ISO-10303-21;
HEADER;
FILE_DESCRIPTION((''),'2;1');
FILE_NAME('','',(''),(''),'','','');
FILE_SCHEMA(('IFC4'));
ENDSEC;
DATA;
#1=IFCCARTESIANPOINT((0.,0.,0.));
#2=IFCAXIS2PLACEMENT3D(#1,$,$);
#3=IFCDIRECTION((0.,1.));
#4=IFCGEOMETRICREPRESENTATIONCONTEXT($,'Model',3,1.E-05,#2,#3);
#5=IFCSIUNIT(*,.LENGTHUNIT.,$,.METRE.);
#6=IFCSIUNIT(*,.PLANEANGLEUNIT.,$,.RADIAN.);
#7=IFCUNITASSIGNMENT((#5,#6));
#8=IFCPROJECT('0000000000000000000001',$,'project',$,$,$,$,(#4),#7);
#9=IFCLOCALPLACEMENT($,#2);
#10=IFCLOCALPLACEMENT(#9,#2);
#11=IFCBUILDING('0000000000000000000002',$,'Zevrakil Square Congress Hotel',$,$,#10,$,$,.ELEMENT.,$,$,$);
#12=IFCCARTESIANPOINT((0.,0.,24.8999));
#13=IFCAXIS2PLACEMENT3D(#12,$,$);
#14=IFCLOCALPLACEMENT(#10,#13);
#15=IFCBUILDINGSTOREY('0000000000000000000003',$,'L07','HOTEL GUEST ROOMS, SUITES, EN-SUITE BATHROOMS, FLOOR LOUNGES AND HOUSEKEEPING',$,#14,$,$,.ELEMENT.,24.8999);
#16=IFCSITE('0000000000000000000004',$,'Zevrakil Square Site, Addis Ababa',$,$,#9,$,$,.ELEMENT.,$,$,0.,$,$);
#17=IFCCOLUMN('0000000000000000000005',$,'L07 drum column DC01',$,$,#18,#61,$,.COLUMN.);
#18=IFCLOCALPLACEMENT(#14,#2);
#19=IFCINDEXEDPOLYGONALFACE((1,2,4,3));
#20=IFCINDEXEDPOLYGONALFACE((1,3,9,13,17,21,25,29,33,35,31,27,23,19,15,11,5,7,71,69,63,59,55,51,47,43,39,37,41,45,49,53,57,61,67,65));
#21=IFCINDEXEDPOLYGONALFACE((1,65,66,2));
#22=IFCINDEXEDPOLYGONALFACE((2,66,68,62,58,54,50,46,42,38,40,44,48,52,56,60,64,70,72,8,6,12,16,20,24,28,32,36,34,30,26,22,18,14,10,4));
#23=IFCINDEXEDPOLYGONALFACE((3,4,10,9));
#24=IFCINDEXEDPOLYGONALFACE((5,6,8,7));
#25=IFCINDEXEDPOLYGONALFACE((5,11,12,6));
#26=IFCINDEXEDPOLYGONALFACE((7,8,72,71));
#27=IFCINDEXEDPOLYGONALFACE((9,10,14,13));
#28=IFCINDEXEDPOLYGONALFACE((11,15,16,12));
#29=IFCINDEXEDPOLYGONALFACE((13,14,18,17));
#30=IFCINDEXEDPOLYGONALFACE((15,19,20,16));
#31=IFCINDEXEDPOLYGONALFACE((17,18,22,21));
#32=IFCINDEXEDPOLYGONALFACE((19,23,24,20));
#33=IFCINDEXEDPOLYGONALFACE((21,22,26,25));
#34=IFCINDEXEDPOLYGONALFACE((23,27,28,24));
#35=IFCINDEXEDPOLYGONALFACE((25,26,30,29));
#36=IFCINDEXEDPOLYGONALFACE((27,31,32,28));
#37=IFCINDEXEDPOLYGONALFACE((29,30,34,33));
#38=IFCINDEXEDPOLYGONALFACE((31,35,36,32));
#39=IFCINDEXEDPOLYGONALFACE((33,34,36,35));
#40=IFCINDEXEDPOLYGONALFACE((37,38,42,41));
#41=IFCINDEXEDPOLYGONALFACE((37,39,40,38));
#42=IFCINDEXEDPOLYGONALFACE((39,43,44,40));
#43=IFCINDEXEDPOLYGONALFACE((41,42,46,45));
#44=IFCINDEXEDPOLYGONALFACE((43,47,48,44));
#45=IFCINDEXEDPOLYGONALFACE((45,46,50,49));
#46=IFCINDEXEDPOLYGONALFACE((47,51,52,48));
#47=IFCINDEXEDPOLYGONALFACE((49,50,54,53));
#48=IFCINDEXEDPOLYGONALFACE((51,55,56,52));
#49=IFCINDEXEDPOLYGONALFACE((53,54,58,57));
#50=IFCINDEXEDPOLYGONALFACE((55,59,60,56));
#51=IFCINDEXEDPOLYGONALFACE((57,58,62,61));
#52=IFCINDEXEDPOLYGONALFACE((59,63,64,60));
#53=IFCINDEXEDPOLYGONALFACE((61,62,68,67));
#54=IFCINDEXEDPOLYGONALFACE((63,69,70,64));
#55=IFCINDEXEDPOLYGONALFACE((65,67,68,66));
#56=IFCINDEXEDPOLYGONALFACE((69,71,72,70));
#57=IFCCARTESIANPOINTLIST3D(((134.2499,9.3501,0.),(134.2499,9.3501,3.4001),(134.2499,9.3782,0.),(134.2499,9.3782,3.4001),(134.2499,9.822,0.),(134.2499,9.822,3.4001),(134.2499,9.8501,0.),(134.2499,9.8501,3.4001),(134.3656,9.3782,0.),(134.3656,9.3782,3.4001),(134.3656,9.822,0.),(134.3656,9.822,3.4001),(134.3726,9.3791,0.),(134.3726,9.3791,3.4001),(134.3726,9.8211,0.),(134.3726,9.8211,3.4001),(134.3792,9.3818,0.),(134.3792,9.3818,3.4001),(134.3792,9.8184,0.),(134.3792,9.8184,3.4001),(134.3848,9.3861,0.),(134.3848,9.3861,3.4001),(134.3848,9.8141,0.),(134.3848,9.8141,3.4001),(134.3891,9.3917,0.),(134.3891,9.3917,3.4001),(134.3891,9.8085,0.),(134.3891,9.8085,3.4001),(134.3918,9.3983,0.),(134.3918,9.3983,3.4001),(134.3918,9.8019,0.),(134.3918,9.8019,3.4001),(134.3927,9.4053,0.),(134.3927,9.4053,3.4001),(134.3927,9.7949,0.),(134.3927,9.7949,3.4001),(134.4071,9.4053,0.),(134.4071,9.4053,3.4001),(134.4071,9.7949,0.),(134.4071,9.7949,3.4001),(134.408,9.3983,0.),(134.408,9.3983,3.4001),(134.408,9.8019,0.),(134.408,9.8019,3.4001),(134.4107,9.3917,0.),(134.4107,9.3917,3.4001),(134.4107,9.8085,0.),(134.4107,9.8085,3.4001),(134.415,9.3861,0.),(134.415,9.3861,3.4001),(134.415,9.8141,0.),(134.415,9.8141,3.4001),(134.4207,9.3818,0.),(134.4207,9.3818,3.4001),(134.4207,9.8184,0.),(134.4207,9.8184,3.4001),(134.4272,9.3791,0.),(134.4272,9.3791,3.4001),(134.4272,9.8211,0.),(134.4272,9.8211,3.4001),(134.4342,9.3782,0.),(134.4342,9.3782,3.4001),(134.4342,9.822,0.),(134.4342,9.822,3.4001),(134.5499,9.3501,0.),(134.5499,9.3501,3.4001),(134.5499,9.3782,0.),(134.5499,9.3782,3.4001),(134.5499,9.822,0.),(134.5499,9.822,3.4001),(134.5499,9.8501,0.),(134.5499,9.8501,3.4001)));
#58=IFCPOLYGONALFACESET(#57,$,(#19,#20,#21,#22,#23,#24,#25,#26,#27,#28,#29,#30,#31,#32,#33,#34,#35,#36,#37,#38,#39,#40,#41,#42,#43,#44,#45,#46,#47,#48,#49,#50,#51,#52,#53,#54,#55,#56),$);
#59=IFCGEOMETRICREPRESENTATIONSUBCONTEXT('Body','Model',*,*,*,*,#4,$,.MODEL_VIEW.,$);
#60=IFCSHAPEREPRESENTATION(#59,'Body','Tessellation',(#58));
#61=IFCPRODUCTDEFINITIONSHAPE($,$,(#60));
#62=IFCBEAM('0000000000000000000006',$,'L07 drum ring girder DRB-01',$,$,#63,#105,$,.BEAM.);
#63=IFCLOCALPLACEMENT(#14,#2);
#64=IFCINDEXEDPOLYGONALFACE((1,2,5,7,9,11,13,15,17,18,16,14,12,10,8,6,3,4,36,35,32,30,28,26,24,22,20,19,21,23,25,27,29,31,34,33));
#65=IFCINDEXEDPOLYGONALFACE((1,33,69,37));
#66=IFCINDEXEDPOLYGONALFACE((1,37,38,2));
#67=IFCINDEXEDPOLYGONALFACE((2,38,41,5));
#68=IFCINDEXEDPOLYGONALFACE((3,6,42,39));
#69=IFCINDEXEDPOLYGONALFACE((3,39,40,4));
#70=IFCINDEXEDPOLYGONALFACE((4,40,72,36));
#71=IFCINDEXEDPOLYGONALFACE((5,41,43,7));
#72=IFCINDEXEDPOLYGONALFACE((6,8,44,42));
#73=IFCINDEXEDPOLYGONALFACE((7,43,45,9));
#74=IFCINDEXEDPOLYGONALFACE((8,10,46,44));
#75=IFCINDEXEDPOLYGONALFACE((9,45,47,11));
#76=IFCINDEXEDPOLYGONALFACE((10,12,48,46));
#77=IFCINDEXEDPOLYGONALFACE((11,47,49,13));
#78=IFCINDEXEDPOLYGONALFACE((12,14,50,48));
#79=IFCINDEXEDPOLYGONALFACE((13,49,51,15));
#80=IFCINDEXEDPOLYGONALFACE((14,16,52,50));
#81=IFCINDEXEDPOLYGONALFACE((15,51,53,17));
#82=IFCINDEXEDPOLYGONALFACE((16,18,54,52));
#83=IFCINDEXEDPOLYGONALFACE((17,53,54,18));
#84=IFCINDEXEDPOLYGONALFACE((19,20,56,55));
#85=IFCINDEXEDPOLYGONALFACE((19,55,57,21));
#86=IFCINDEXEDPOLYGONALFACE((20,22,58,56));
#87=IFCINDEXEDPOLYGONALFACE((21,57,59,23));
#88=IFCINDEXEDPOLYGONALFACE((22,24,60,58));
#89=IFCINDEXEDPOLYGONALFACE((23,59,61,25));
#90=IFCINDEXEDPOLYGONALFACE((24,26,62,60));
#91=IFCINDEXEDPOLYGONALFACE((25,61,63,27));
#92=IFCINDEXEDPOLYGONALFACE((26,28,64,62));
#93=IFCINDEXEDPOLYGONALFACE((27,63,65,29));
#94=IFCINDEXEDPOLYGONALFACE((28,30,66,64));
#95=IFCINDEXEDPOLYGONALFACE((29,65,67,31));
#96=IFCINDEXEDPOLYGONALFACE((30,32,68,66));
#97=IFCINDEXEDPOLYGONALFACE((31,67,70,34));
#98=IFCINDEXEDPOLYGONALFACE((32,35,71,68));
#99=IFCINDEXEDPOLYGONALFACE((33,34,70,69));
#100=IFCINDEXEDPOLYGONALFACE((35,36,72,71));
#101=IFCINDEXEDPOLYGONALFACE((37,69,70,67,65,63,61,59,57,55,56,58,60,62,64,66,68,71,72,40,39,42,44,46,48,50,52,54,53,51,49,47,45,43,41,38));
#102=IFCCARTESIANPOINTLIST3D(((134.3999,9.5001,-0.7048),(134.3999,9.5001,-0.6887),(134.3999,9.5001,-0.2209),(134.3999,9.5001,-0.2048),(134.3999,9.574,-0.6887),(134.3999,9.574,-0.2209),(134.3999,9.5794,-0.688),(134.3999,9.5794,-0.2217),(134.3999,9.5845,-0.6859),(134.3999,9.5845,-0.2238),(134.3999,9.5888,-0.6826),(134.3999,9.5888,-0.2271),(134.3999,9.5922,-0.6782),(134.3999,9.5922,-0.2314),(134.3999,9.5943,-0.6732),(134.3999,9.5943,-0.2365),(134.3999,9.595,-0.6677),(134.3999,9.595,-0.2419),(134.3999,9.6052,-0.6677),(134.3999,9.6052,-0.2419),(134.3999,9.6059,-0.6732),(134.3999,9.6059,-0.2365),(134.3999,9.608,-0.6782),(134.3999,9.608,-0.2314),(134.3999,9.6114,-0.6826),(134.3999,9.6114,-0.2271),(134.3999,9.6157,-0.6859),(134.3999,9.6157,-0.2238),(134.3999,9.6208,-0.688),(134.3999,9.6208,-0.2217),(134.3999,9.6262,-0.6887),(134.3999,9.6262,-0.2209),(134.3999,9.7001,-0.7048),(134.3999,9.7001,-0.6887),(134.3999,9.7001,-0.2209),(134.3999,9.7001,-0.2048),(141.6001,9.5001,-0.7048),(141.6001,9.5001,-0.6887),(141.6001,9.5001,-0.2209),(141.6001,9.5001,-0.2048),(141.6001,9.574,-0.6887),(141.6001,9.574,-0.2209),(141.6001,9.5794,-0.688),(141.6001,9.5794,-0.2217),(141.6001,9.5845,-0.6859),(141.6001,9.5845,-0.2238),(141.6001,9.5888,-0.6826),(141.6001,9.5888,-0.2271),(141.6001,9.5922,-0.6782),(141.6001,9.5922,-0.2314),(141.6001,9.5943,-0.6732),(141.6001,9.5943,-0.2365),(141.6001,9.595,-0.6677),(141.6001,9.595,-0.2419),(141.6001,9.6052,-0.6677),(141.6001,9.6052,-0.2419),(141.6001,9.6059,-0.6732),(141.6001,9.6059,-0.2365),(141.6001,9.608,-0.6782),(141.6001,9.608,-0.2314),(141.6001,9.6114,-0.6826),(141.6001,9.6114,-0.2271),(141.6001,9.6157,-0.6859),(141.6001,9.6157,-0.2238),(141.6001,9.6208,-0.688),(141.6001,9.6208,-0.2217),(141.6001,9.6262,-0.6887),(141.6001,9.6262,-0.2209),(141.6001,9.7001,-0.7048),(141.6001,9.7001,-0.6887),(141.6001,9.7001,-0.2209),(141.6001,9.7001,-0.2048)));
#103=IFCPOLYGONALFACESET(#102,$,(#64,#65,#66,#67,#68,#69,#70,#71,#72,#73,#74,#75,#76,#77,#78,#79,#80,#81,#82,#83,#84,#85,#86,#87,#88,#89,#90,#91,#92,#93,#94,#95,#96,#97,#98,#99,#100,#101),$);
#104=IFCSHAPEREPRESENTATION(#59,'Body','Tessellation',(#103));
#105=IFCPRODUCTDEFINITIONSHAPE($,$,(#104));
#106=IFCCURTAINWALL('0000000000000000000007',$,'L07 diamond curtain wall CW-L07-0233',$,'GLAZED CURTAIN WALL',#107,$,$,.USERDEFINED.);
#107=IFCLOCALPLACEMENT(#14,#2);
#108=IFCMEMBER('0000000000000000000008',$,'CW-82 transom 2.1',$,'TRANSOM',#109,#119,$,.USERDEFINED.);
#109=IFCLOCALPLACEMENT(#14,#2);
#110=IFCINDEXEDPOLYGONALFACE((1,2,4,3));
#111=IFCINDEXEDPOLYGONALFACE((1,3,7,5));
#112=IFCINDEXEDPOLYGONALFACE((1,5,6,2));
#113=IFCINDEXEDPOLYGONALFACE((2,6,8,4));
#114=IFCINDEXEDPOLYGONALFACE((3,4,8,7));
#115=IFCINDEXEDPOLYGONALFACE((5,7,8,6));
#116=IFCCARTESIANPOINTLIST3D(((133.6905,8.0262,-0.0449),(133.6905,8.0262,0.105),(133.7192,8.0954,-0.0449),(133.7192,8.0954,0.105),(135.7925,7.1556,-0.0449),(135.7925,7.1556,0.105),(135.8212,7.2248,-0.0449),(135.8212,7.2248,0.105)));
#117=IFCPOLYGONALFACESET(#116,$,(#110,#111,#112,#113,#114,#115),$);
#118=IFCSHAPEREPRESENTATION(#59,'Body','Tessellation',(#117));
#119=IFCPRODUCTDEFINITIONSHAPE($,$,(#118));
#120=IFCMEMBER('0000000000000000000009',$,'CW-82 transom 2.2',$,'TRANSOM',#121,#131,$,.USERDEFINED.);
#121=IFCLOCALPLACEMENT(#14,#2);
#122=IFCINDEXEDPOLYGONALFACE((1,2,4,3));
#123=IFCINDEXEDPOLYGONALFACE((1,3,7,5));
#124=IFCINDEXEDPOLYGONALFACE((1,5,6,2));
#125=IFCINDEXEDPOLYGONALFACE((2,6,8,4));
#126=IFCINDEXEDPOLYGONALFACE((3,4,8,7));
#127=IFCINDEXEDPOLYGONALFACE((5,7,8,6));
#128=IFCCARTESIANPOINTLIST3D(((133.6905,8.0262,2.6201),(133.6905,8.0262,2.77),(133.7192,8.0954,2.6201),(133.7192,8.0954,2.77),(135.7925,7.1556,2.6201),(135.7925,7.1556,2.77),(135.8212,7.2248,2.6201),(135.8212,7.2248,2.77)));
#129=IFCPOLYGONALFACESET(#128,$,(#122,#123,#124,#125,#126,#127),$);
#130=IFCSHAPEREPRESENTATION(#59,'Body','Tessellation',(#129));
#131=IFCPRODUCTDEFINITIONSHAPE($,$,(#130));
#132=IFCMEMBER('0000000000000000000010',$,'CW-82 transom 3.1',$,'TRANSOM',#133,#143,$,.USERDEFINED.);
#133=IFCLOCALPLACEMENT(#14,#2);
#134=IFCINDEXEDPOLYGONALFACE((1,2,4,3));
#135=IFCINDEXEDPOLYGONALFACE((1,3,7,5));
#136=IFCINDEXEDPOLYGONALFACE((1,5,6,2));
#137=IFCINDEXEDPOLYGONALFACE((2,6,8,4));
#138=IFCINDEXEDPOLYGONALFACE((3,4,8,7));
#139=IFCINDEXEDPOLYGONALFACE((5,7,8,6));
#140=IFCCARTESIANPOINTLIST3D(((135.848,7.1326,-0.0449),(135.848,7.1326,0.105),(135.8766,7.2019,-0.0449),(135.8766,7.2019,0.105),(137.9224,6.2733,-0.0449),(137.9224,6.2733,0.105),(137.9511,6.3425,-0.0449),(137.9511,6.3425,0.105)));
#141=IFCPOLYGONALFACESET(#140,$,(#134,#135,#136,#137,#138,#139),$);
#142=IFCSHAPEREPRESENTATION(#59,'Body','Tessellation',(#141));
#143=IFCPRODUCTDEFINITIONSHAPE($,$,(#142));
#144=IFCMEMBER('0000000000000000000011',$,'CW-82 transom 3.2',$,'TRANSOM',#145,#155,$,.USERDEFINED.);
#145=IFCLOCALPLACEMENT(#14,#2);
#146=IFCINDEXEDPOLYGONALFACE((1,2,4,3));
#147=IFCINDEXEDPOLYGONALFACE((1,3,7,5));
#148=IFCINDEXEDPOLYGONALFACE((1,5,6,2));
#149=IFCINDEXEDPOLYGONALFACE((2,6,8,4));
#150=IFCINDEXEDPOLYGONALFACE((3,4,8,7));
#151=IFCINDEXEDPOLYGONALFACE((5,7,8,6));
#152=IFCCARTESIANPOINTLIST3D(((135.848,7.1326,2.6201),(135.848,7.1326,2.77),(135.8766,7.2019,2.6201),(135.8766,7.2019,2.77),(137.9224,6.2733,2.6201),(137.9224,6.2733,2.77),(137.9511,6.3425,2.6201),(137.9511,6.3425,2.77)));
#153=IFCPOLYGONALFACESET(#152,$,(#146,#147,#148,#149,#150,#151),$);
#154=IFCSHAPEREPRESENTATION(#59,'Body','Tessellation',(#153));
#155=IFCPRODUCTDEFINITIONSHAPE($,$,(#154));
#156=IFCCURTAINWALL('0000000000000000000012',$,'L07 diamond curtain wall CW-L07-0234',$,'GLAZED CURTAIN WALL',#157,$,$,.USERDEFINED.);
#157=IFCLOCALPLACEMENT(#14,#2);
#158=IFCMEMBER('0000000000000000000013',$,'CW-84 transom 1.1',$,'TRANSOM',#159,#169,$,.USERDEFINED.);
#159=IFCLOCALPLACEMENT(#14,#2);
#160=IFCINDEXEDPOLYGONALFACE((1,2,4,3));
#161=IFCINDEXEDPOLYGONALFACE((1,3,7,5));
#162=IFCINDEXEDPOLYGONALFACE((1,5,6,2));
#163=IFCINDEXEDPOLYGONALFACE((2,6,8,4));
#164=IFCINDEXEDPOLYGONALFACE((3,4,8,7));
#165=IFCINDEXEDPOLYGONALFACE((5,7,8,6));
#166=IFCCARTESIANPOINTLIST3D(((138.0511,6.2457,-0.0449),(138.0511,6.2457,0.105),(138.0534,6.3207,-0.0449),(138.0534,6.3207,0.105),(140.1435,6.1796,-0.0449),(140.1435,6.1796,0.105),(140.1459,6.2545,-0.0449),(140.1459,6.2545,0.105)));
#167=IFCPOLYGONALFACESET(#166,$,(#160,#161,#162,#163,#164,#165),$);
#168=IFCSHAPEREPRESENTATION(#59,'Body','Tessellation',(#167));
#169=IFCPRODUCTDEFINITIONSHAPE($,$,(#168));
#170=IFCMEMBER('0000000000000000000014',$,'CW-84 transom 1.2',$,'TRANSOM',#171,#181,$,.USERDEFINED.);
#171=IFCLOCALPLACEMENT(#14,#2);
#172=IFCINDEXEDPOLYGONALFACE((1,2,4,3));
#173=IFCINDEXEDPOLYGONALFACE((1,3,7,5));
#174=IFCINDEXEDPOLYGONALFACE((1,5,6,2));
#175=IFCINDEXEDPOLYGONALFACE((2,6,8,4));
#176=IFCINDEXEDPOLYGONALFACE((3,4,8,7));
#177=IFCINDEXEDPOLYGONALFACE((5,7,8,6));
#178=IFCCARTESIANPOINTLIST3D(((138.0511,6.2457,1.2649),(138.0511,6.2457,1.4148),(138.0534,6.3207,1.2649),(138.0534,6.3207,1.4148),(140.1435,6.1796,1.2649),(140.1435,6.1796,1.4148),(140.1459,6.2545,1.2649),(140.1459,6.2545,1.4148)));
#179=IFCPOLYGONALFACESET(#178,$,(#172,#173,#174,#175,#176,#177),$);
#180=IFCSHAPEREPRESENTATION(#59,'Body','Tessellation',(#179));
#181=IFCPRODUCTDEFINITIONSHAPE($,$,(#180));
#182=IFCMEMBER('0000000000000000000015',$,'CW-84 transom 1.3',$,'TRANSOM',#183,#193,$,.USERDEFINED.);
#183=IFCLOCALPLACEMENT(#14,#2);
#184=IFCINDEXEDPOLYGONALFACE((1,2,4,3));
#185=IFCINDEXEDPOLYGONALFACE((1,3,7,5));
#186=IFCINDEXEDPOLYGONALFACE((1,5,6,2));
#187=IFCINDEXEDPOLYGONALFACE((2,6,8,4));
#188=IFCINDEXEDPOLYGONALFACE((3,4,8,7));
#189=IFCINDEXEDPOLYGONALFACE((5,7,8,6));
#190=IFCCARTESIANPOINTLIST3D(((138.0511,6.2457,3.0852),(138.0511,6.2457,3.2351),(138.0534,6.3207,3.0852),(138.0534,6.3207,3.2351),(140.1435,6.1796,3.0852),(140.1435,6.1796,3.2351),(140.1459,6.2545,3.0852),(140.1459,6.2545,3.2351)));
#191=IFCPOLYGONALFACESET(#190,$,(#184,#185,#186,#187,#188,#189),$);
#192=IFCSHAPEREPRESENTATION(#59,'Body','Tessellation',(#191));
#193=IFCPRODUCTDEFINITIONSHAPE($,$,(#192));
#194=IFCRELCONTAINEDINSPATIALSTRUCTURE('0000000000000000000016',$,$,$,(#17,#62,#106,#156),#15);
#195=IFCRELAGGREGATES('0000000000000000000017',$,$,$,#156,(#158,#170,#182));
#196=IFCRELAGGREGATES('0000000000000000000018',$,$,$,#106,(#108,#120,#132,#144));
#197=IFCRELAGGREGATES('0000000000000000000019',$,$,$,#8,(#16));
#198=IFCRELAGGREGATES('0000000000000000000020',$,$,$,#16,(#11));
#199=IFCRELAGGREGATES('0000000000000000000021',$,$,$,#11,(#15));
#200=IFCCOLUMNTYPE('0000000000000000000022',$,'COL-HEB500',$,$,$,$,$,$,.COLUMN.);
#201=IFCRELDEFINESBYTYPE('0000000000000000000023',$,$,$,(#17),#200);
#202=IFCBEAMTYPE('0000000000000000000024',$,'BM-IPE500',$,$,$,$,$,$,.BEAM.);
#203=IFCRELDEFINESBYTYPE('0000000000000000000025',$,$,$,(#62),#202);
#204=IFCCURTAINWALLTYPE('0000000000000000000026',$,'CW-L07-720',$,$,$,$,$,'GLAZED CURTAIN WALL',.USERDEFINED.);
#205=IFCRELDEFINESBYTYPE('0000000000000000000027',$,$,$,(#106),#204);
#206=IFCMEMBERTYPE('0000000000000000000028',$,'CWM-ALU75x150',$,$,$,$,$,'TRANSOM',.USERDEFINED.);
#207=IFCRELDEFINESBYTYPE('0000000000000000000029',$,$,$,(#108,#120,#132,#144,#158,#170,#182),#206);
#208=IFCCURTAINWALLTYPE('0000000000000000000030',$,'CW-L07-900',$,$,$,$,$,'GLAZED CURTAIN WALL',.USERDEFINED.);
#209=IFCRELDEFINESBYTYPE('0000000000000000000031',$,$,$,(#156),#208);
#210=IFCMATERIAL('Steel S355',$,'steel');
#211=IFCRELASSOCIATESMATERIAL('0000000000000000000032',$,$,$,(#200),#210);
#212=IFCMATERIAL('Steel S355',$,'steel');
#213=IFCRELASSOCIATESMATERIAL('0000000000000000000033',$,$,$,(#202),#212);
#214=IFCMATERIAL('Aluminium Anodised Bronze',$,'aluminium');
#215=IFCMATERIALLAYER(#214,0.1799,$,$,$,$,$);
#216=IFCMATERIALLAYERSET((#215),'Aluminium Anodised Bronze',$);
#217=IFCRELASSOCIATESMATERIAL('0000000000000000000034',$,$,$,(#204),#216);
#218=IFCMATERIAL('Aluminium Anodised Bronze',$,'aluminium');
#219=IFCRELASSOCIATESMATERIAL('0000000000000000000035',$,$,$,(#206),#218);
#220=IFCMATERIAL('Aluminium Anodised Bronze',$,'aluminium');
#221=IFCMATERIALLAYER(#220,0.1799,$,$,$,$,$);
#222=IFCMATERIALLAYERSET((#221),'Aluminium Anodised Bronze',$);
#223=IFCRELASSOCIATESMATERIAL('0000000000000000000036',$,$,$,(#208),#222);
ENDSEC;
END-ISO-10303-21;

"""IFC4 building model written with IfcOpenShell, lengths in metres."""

from ifc_helpers import new_model, si_unit, direction, frame, origin, origin_2d, place, context, subcontext, project, spatial, rectangle, i_section, extrude, material, layer, layer_set, material_profile, profile_set, type_object, element, aggregate, save


model = new_model("IFC4")

# Units and contexts
model_context = context("Model", 3, precision=1e-05, world=origin(), true_north=direction((0.0, 1.0)))
body_context = subcontext(model_context, "Body", "Model", "MODEL_VIEW")
ifc_project = project(units=[si_unit("LENGTHUNIT", "METRE"), si_unit("PLANEANGLEUNIT", "RADIAN")], contexts=[model_context])

# Site, building, storey
site_placement = place(None, origin())
site = spatial("IfcSite", under=ifc_project, at=site_placement, Name="Zevrakil Square Site, Addis Ababa", CompositionType="ELEMENT", RefElevation=0.0)
building_placement = place(site_placement, origin())
building = spatial("IfcBuilding", under=site, at=building_placement, Name="Zevrakil Square Congress Hotel", CompositionType="ELEMENT")
storey_placement = place(building_placement, frame((0.0, 0.0, 24.8999)))
storey = spatial("IfcBuildingStorey", under=building, at=storey_placement, Name="L07", Description="HOTEL GUEST ROOMS, SUITES, EN-SUITE BATHROOMS, FLOOR LOUNGES AND HOUSEKEEPING", CompositionType="ELEMENT", Elevation=24.8999)

# Column
ifc_material_1 = material(Name="Steel S355", Category="steel")
ifc_material_profile_1 = material_profile(ifc_material_1, i_section(OverallWidth=0.3, OverallDepth=0.5, WebThickness=0.0144, FlangeThickness=0.0281, FilletRadius=0.0271, at=origin_2d()), Name="HEB 500")
ifc_profile_set_1 = profile_set([ifc_material_profile_1], Name="Steel S355")
column_type = type_object("IfcColumnType", Name="COL-HEB500", PredefinedType="COLUMN", material=ifc_profile_set_1)
column_placement = place(storey_placement, frame((134.3999, 9.6001, 0.0), z_axis=(0.0, 0.0, 1.0), x_axis=(1.0, 0.0, 0.0)))
element("IfcColumn", 1, at=column_placement, inside=storey, type_object=column_type, Name="L07 drum column DC01", PredefinedType="COLUMN", context=body_context, shape_type="SweptSolid", body=[
    extrude(i_section(OverallWidth=0.3, OverallDepth=0.5, WebThickness=0.0144, FlangeThickness=0.0281, FilletRadius=0.0271, at=origin_2d()), origin(), (0.0, 0.0, 1.0), 3.4001),
])

# Beam
ifc_material_2 = material(Name="Steel S355", Category="steel")
ifc_material_profile_2 = material_profile(ifc_material_2, i_section(OverallWidth=0.2, OverallDepth=0.5, WebThickness=0.0103, FlangeThickness=0.0161, FilletRadius=0.021, at=origin_2d()), Name="IPE 500")
ifc_profile_set_2 = profile_set([ifc_material_profile_2], Name="Steel S355")
beam_type_1 = type_object("IfcBeamType", Name="BM-IPE500", PredefinedType="BEAM", material=ifc_profile_set_2)
beam_1_placement = place(storey_placement, frame((134.3999, 9.6001, -0.4548), z_axis=(1.0, 0.0, 0.0), x_axis=(0.0, 1.0, 0.0)))
element("IfcBeam", 2, at=beam_1_placement, inside=storey, type_object=beam_type_1, Name="L07 drum ring girder DRB-01", PredefinedType="BEAM", context=body_context, shape_type="SweptSolid", body=[
    extrude(i_section(OverallWidth=0.2, OverallDepth=0.5, WebThickness=0.0103, FlangeThickness=0.0161, FilletRadius=0.021, at=origin_2d()), origin(), (0.0, 0.0, 1.0), 7.2002),
])

# Curtain walls, members
ifc_material_3 = material(Name="Aluminium Anodised Bronze", Category="aluminium")
ifc_layer_1 = layer(ifc_material_3, 0.1799)
ifc_layer_set_1 = layer_set([ifc_layer_1], Name="Aluminium Anodised Bronze")
curtain_wall_type_1 = type_object("IfcCurtainWallType", Name="CW-L07-720", ElementType="GLAZED CURTAIN WALL", PredefinedType="USERDEFINED", material=ifc_layer_set_1)
curtain_wall_1_placement = place(storey_placement, origin())
curtain_wall_1 = element("IfcCurtainWall", 3, at=curtain_wall_1_placement, inside=storey, type_object=curtain_wall_type_1, Name="L07 diamond curtain wall CW-L07-0233", ObjectType="GLAZED CURTAIN WALL", PredefinedType="USERDEFINED")
ifc_material_4 = material(Name="Aluminium Anodised Bronze", Category="aluminium")
ifc_material_profile_3 = material_profile(ifc_material_4, rectangle(XDim=0.075, YDim=0.1499, at=origin_2d()), Name="ALU 75x150")
ifc_profile_set_3 = profile_set([ifc_material_profile_3], Name="Aluminium Anodised Bronze")
member_type_1 = type_object("IfcMemberType", Name="CWM-ALU75x150", ElementType="TRANSOM", PredefinedType="USERDEFINED", material=ifc_profile_set_3)
member_1_placement = place(storey_placement, frame((133.7048, 8.0608, 0.03), z_axis=(0.923894, -0.382649, 0.0), x_axis=(0.382649, 0.923894, 0.0)))
member_1 = element("IfcMember", 4, at=member_1_placement, type_object=member_type_1, Name="CW-82 transom 2.1", ObjectType="TRANSOM", PredefinedType="USERDEFINED", context=body_context, shape_type="SweptSolid", body=[
    extrude(rectangle(XDim=0.075, YDim=0.1499, at=origin_2d()), origin(), (0.0, 0.0, 1.0), 2.2751),
])
member_2_placement = place(storey_placement, frame((133.7048, 8.0608, 2.6951), z_axis=(0.923894, -0.382649, 0.0), x_axis=(0.382649, 0.923894, 0.0)))
member_2 = element("IfcMember", 5, at=member_2_placement, type_object=member_type_1, Name="CW-82 transom 2.2", ObjectType="TRANSOM", PredefinedType="USERDEFINED", context=body_context, shape_type="SweptSolid", body=[
    extrude(rectangle(XDim=0.075, YDim=0.1499, at=origin_2d()), origin(), (0.0, 0.0, 1.0), 2.2751),
])
member_3_placement = place(storey_placement, frame((135.8623, 7.1672, 0.03), z_axis=(0.923863, -0.382723, 0.0), x_axis=(0.382723, 0.923863, 0.0)))
member_3 = element("IfcMember", 6, at=member_3_placement, type_object=member_type_1, Name="CW-82 transom 3.1", ObjectType="TRANSOM", PredefinedType="USERDEFINED", context=body_context, shape_type="SweptSolid", body=[
    extrude(rectangle(XDim=0.075, YDim=0.1499, at=origin_2d()), origin(), (0.0, 0.0, 1.0), 2.2454),
])
member_4_placement = place(storey_placement, frame((135.8623, 7.1672, 2.6951), z_axis=(0.923863, -0.382723, 0.0), x_axis=(0.382723, 0.923863, 0.0)))
member_4 = element("IfcMember", 7, at=member_4_placement, type_object=member_type_1, Name="CW-82 transom 3.2", ObjectType="TRANSOM", PredefinedType="USERDEFINED", context=body_context, shape_type="SweptSolid", body=[
    extrude(rectangle(XDim=0.075, YDim=0.1499, at=origin_2d()), origin(), (0.0, 0.0, 1.0), 2.2454),
])
ifc_material_5 = material(Name="Aluminium Anodised Bronze", Category="aluminium")
ifc_layer_2 = layer(ifc_material_5, 0.1799)
ifc_layer_set_2 = layer_set([ifc_layer_2], Name="Aluminium Anodised Bronze")
curtain_wall_type_2 = type_object("IfcCurtainWallType", Name="CW-L07-900", ElementType="GLAZED CURTAIN WALL", PredefinedType="USERDEFINED", material=ifc_layer_set_2)
curtain_wall_2_placement = place(storey_placement, origin())
curtain_wall_2 = element("IfcCurtainWall", 8, at=curtain_wall_2_placement, inside=storey, type_object=curtain_wall_type_2, Name="L07 diamond curtain wall CW-L07-0234", ObjectType="GLAZED CURTAIN WALL", PredefinedType="USERDEFINED")
member_5_placement = place(storey_placement, frame((138.0522, 6.2832, 0.03), z_axis=(0.999501, -0.031602, 0.0), x_axis=(0.031602, 0.999501, 0.0)))
member_5 = element("IfcMember", 9, at=member_5_placement, type_object=member_type_1, Name="CW-84 transom 1.1", ObjectType="TRANSOM", PredefinedType="USERDEFINED", context=body_context, shape_type="SweptSolid", body=[
    extrude(rectangle(XDim=0.075, YDim=0.1499, at=origin_2d()), origin(), (0.0, 0.0, 1.0), 2.0935),
])
member_6_placement = place(storey_placement, frame((138.0522, 6.2832, 1.3398), z_axis=(0.999501, -0.031602, 0.0), x_axis=(0.031602, 0.999501, 0.0)))
member_6 = element("IfcMember", 10, at=member_6_placement, type_object=member_type_1, Name="CW-84 transom 1.2", ObjectType="TRANSOM", PredefinedType="USERDEFINED", context=body_context, shape_type="SweptSolid", body=[
    extrude(rectangle(XDim=0.075, YDim=0.1499, at=origin_2d()), origin(), (0.0, 0.0, 1.0), 2.0935),
])
member_7_placement = place(storey_placement, frame((138.0522, 6.2832, 3.1602), z_axis=(0.999501, -0.031602, 0.0), x_axis=(0.031602, 0.999501, 0.0)))
member_7 = element("IfcMember", 11, at=member_7_placement, type_object=member_type_1, Name="CW-84 transom 1.3", ObjectType="TRANSOM", PredefinedType="USERDEFINED", context=body_context, shape_type="SweptSolid", body=[
    extrude(rectangle(XDim=0.075, YDim=0.1499, at=origin_2d()), origin(), (0.0, 0.0, 1.0), 2.0935),
])

aggregate(curtain_wall_2, [member_5, member_6, member_7])

aggregate(curtain_wall_1, [member_1, member_2, member_3, member_4])

save(model, "model.ifc")
